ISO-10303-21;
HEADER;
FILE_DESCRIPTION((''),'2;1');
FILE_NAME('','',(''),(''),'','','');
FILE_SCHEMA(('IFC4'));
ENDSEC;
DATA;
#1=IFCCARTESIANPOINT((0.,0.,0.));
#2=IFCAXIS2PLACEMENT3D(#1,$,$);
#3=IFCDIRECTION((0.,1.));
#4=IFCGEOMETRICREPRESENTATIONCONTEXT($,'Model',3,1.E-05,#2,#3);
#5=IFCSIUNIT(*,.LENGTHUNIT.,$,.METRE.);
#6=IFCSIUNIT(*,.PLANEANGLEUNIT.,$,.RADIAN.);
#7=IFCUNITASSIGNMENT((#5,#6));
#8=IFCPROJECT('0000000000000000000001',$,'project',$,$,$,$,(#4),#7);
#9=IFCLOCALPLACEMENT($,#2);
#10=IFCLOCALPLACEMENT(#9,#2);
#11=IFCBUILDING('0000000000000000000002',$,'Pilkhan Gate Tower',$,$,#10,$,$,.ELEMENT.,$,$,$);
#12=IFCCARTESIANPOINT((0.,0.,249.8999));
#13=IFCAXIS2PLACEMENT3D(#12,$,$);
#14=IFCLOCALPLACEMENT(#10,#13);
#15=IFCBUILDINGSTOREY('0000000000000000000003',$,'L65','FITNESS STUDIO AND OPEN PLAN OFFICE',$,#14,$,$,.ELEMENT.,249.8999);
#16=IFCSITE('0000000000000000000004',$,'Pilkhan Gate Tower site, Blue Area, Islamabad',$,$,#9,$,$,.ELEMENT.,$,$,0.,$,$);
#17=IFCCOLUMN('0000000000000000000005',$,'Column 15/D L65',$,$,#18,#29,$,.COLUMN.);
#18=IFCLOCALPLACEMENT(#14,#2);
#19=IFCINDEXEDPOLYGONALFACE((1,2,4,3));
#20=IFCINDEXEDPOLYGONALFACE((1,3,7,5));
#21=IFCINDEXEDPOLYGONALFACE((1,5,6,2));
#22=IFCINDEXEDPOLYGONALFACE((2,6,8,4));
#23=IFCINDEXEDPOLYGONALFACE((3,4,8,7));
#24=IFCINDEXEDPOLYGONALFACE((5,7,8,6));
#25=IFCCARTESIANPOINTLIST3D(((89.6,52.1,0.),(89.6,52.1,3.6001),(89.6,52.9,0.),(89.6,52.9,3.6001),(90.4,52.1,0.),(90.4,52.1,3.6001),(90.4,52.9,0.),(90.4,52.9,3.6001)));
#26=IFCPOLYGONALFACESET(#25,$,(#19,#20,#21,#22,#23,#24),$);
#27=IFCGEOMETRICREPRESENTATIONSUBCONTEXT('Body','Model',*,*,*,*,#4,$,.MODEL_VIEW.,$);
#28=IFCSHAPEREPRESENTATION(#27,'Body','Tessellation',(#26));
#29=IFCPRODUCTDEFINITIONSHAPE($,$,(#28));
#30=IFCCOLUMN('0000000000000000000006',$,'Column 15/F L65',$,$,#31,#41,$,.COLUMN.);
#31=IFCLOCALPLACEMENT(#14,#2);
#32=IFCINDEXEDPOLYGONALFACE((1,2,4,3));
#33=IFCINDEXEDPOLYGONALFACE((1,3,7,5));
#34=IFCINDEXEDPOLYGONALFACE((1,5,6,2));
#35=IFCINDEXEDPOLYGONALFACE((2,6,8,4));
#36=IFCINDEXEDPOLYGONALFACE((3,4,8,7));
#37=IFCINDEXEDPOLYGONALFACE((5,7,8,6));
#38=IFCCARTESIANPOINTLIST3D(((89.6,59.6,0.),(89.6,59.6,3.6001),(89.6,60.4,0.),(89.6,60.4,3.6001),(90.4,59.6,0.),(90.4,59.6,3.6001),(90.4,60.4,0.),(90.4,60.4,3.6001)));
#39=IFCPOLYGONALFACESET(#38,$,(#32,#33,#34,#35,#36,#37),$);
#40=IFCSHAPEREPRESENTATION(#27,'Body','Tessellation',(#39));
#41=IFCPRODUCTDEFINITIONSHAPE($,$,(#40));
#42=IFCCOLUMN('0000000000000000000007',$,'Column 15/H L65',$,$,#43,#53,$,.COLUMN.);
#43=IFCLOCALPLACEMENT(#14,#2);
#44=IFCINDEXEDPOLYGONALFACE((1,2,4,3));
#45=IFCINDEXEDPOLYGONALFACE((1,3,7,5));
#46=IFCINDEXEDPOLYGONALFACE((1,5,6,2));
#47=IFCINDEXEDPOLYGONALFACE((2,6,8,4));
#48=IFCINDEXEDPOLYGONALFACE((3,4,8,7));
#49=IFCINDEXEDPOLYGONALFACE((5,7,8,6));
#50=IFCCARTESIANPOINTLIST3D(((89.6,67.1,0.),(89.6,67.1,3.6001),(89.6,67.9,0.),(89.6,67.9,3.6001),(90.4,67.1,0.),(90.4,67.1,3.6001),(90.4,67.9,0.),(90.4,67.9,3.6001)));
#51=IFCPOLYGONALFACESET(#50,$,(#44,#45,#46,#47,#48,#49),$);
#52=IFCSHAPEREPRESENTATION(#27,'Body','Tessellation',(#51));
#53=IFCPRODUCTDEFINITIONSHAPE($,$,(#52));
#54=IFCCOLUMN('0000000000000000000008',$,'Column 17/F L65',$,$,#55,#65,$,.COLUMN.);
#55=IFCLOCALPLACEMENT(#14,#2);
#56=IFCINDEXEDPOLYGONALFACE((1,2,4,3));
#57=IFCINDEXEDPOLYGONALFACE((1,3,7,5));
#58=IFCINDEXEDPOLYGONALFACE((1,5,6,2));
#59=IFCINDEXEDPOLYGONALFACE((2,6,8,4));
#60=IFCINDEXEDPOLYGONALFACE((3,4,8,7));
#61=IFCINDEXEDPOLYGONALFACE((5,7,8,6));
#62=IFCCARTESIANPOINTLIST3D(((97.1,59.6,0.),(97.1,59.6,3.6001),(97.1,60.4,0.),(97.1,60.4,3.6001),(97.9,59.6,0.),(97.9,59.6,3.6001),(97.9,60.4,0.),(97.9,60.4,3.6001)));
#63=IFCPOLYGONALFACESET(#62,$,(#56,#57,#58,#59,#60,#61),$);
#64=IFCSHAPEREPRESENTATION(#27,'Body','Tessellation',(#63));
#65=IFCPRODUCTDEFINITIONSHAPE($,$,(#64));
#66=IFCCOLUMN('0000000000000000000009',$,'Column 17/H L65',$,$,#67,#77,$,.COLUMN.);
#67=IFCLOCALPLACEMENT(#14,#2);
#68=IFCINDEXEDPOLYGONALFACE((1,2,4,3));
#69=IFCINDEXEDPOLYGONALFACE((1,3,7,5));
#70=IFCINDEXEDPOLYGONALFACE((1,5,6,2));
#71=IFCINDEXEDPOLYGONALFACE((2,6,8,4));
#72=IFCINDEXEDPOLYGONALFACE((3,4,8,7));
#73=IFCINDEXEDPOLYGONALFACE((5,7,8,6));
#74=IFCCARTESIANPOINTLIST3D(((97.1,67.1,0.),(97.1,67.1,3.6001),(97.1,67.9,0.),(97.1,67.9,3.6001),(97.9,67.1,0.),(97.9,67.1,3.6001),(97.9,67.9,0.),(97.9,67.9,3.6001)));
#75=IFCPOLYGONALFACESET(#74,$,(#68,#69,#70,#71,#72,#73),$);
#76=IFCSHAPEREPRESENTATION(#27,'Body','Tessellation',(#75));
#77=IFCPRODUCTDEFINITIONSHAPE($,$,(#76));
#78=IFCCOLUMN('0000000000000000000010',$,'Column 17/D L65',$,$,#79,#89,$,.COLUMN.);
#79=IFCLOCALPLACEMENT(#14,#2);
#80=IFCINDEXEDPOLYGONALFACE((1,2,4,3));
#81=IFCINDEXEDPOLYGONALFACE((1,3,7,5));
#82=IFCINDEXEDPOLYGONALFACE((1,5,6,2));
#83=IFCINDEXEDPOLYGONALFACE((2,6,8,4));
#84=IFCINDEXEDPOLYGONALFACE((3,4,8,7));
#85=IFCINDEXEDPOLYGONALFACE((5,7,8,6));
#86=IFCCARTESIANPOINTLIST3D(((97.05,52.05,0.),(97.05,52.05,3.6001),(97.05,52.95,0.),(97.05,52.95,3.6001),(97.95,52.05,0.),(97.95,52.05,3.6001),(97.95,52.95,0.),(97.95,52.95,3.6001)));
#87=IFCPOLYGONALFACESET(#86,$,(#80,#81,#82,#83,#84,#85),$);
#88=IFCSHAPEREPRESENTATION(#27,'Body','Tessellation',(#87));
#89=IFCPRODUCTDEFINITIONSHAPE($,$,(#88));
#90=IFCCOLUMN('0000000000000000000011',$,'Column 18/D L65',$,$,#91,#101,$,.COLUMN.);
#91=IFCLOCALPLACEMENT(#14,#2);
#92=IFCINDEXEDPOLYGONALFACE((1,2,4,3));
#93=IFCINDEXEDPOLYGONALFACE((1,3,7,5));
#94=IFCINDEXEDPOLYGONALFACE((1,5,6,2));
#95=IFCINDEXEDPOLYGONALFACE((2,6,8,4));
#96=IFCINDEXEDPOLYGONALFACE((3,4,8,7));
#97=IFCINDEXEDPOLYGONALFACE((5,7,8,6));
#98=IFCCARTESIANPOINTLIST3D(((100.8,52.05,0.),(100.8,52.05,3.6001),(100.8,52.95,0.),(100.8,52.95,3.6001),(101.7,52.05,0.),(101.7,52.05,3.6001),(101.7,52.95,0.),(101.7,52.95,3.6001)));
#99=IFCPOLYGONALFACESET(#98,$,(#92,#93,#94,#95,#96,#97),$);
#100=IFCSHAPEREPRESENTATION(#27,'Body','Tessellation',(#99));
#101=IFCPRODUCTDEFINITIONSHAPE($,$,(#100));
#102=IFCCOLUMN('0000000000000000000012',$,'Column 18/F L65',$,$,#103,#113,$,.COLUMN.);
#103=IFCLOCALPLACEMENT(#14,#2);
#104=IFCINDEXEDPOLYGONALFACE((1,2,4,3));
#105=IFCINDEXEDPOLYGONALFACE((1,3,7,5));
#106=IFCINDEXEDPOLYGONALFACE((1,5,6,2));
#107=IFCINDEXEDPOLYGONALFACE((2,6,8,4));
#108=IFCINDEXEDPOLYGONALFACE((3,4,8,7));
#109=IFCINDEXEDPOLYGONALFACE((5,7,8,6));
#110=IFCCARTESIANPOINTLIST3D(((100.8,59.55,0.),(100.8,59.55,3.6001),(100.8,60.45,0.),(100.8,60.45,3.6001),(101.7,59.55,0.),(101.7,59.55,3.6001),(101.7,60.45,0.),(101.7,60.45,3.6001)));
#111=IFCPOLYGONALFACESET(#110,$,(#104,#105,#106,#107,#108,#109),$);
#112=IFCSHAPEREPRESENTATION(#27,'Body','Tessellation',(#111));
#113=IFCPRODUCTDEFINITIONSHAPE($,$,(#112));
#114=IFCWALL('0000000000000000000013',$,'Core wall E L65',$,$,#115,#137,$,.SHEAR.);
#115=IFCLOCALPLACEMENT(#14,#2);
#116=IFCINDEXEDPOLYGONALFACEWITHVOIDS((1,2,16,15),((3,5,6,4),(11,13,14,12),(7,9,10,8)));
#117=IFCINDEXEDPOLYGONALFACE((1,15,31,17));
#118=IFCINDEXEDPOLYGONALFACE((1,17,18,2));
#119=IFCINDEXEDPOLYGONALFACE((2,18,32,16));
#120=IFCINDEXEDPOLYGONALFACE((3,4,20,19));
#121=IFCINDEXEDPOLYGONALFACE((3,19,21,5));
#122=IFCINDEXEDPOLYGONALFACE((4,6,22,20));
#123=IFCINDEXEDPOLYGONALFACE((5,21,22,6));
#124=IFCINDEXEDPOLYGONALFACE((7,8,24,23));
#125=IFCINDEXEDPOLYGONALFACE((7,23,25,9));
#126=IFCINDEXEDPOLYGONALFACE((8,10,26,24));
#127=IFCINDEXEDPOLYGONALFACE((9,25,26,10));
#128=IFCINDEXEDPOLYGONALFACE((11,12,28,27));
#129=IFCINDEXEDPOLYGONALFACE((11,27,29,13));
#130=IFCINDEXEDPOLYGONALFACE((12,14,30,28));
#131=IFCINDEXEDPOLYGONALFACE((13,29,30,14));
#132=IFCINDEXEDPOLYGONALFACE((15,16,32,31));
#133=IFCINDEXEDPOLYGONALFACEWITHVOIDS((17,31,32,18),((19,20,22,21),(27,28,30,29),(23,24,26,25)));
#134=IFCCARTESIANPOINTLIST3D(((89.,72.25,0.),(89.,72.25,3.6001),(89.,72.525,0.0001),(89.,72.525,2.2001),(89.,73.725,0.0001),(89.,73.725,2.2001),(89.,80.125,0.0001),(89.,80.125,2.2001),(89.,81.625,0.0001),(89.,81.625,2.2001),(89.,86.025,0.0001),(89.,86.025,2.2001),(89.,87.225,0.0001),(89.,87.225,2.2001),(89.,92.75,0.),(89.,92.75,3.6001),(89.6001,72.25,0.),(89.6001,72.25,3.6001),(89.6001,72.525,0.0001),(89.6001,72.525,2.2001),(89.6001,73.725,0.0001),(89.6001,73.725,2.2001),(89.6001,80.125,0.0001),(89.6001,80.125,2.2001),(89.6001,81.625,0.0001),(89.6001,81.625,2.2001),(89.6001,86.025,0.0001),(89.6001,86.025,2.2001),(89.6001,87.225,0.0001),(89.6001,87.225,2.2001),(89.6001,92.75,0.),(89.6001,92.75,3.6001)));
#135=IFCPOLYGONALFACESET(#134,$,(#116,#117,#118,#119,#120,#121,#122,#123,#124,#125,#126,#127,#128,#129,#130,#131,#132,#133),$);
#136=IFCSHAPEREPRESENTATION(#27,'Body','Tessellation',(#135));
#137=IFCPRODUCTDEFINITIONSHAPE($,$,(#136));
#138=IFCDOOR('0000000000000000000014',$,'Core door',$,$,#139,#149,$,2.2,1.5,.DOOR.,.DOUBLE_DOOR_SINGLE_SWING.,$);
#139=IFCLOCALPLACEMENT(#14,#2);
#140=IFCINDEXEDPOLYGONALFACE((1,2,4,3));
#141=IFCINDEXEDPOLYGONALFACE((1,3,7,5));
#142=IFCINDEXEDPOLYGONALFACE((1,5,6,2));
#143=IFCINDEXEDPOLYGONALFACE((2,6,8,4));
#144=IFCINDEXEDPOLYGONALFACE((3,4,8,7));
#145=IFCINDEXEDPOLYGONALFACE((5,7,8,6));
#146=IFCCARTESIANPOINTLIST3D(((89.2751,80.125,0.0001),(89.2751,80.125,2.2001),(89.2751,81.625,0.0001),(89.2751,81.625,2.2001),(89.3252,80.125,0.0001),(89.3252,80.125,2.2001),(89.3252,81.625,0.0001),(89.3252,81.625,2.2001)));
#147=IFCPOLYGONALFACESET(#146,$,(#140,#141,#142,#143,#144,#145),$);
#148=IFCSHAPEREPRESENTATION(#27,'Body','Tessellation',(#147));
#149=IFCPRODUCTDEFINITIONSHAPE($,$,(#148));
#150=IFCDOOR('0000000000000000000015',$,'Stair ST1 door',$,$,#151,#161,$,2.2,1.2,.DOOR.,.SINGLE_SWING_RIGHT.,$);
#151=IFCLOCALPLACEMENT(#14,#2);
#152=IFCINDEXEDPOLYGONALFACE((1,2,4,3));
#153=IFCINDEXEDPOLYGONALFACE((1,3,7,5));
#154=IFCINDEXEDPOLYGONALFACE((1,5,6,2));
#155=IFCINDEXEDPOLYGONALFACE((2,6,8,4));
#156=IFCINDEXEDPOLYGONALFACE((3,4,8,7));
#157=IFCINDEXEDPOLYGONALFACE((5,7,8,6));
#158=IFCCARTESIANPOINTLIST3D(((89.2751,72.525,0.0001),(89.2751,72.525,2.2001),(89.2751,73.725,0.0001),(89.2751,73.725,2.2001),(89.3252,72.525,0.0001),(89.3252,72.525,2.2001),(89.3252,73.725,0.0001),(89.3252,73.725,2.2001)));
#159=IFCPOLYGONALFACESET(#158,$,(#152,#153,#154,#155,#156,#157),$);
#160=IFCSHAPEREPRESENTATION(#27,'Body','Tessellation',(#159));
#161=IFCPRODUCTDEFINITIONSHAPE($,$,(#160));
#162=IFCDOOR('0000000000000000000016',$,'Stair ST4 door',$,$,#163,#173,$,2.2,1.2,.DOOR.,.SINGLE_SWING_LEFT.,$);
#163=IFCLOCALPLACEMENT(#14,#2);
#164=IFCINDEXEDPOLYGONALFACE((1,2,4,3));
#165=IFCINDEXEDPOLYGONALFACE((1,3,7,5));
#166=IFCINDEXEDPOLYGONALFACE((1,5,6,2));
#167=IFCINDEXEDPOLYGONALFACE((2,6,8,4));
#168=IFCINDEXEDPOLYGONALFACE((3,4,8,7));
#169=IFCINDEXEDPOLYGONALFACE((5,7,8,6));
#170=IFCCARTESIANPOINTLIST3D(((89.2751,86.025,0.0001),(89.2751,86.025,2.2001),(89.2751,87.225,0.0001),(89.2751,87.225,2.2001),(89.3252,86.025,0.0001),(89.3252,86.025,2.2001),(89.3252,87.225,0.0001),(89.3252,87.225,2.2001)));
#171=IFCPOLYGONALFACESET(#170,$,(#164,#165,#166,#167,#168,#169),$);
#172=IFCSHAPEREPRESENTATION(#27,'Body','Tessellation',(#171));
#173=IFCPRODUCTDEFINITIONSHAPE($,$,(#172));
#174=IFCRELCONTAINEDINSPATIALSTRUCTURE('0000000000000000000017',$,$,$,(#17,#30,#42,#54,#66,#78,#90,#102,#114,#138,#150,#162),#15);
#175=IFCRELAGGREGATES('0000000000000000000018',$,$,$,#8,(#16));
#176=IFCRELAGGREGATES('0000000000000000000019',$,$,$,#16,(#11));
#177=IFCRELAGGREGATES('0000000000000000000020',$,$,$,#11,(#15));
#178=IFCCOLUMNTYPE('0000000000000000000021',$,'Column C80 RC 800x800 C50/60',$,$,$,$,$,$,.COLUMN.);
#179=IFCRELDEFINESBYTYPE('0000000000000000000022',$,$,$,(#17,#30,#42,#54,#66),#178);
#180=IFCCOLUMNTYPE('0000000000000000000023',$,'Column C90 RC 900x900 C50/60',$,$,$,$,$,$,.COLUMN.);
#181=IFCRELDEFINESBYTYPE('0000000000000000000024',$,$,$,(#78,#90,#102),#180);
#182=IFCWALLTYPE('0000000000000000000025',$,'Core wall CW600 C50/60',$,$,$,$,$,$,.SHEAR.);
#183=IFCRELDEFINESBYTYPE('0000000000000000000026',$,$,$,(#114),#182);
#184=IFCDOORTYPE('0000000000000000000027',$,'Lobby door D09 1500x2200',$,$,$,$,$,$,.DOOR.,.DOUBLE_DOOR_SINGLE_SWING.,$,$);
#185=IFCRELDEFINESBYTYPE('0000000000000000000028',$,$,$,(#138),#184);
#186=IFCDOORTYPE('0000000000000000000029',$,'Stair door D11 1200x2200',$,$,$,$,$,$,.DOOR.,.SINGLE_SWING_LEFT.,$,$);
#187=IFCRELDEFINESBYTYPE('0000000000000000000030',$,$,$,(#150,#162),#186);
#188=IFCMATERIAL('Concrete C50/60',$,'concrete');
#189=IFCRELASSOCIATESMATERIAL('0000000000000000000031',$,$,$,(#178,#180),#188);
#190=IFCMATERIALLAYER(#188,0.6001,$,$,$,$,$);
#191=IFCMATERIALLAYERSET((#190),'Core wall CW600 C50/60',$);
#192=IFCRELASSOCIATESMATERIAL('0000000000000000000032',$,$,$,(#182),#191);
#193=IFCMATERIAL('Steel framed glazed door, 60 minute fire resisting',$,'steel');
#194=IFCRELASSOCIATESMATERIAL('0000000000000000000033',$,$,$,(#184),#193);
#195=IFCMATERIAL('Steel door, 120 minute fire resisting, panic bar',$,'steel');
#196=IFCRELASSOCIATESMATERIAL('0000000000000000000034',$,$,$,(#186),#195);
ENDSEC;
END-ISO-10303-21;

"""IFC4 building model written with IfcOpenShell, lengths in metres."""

from ifc_helpers import new_model, si_unit, direction, frame, frame_2d, origin, origin_2d, place, context, subcontext, project, spatial, rectangle, extrude, material, layer, layer_set, material_profile, profile_set, type_object, element, fill, save


model = new_model("IFC4")

# Units and contexts
model_context = context("Model", 3, precision=1e-05, world=origin(), true_north=direction((0.0, 1.0)))
body_context = subcontext(model_context, "Body", "Model", "MODEL_VIEW")
ifc_project = project(units=[si_unit("LENGTHUNIT", "METRE"), si_unit("PLANEANGLEUNIT", "RADIAN")], contexts=[model_context])

# Site, building, storey
site_placement = place(None, origin())
site = spatial("IfcSite", under=ifc_project, at=site_placement, Name="Pilkhan Gate Tower site, Blue Area, Islamabad", CompositionType="ELEMENT", RefElevation=0.0)
building_placement = place(site_placement, origin())
building = spatial("IfcBuilding", under=site, at=building_placement, Name="Pilkhan Gate Tower", CompositionType="ELEMENT")
storey_placement = place(building_placement, frame((0.0, 0.0, 249.8999)))
storey = spatial("IfcBuildingStorey", under=building, at=storey_placement, Name="L65", Description="FITNESS STUDIO AND OPEN PLAN OFFICE", CompositionType="ELEMENT", Elevation=249.8999)

# Columns
ifc_material_1 = material(Name="Concrete C50/60", Category="concrete")
ifc_material_profile_1 = material_profile(ifc_material_1, rectangle(XDim=0.8, YDim=0.8, at=origin_2d()), Name="RC 800x800")
ifc_profile_set_1 = profile_set([ifc_material_profile_1], Name="Concrete C50/60")
column_type_1 = type_object("IfcColumnType", Name="Column C80 RC 800x800 C50/60", PredefinedType="COLUMN", material=ifc_profile_set_1)
for number, where, z_axis, x_axis, name in (
    (1, (90.0, 52.5, 0.0), (0.0, 0.0, 1.0), (1.0, 0.0, 0.0), "Column 15/D L65"),
    (2, (90.0, 60.0, 0.0), (0.0, 0.0, 1.0), (1.0, 0.0, 0.0), "Column 15/F L65"),
    (3, (90.0, 67.5, 0.0), (0.0, 0.0, 1.0), (1.0, 0.0, 0.0), "Column 15/H L65"),
    (4, (97.5, 60.0, 0.0), (0.0, 0.0, 1.0), (1.0, 0.0, 0.0), "Column 17/F L65"),
    (5, (97.5, 67.5, 0.0), (0.0, 0.0, 1.0), (1.0, 0.0, 0.0), "Column 17/H L65"),
):
    element("IfcColumn", number, at=place(storey_placement, frame(where, z_axis=z_axis, x_axis=x_axis)), inside=storey, type_object=column_type_1, Name=name, PredefinedType="COLUMN", context=body_context, shape_type="SweptSolid", body=[
        extrude(rectangle(XDim=0.8, YDim=0.8, at=origin_2d()), origin(), (0.0, 0.0, 1.0), 3.6001),
    ])
ifc_material_profile_2 = material_profile(ifc_material_1, rectangle(XDim=0.8999, YDim=0.8999, at=origin_2d()), Name="RC 900x900")
ifc_profile_set_2 = profile_set([ifc_material_profile_2], Name="Concrete C50/60")
column_type_2 = type_object("IfcColumnType", Name="Column C90 RC 900x900 C50/60", PredefinedType="COLUMN", material=ifc_profile_set_2)
for number, where, z_axis, x_axis, name in (
    (6, (97.5, 52.5, 0.0), (0.0, 0.0, 1.0), (1.0, 0.0, 0.0), "Column 17/D L65"),
    (7, (101.25, 52.5, 0.0), (0.0, 0.0, 1.0), (1.0, 0.0, 0.0), "Column 18/D L65"),
    (8, (101.25, 60.0, 0.0), (0.0, 0.0, 1.0), (1.0, 0.0, 0.0), "Column 18/F L65"),
):
    element("IfcColumn", number, at=place(storey_placement, frame(where, z_axis=z_axis, x_axis=x_axis)), inside=storey, type_object=column_type_2, Name=name, PredefinedType="COLUMN", context=body_context, shape_type="SweptSolid", body=[
        extrude(rectangle(XDim=0.8999, YDim=0.8999, at=origin_2d()), origin(), (0.0, 0.0, 1.0), 3.6001),
    ])

# Wall, openings, doors
ifc_layer_1 = layer(ifc_material_1, 0.6001)
ifc_layer_set_1 = layer_set([ifc_layer_1], Name="Core wall CW600 C50/60")
wall_type_1 = type_object("IfcWallType", Name="Core wall CW600 C50/60", PredefinedType="SHEAR", material=ifc_layer_set_1)
wall_1_placement = place(storey_placement, frame((89.3, 72.25, 0.0), z_axis=(0.0, 0.0, 1.0), x_axis=(0.0, 1.0, 0.0)))
wall_1 = element("IfcWall", 9, at=wall_1_placement, inside=storey, type_object=wall_type_1, Name="Core wall E L65", PredefinedType="SHEAR", context=body_context, shape_type="SweptSolid", body=[
    extrude(rectangle(XDim=20.5, YDim=0.6001, at=frame_2d((10.25, 0.0))), origin(), (0.0, 0.0, 1.0), 3.6001),
])
opening_1_placement = place(wall_1_placement, frame((0.2749, 0.0, 0.0)))
opening_1 = element("IfcOpeningElement", 10, at=opening_1_placement, cuts=wall_1, PredefinedType="OPENING", context=body_context, shape_type="SweptSolid", body=[
    extrude(rectangle(XDim=1.2, YDim=2.2, at=frame_2d((0.6001, 1.1001))), frame((0.0, 0.3101, 0.0), z_axis=(0.0, -1.0, 0.0), x_axis=(1.0, 0.0, 0.0)), (0.0, 0.0, 1.0), 0.6201),
])
opening_2_placement = place(wall_1_placement, frame((13.7749, 0.0, 0.0)))
opening_2 = element("IfcOpeningElement", 11, at=opening_2_placement, cuts=wall_1, PredefinedType="OPENING", context=body_context, shape_type="SweptSolid", body=[
    extrude(rectangle(XDim=1.2, YDim=2.2, at=frame_2d((0.6001, 1.1001))), frame((0.0, 0.3101, 0.0), z_axis=(0.0, -1.0, 0.0), x_axis=(1.0, 0.0, 0.0)), (0.0, 0.0, 1.0), 0.6201),
])
opening_3_placement = place(wall_1_placement, frame((7.875, 0.0, 0.0)))
opening_3 = element("IfcOpeningElement", 12, at=opening_3_placement, cuts=wall_1, PredefinedType="OPENING", context=body_context, shape_type="SweptSolid", body=[
    extrude(rectangle(XDim=1.5, YDim=2.2, at=frame_2d((0.75, 1.1001))), frame((0.0, 0.3101, 0.0), z_axis=(0.0, -1.0, 0.0), x_axis=(1.0, 0.0, 0.0)), (0.0, 0.0, 1.0), 0.6201),
])
ifc_material_2 = material(Name="Steel framed glazed door, 60 minute fire resisting", Category="steel")
door_type_1 = type_object("IfcDoorType", Name="Lobby door D09 1500x2200", OperationType="DOUBLE_DOOR_SINGLE_SWING", PredefinedType="DOOR", material=ifc_material_2)
door_1_placement = place(opening_3_placement, origin())
door_1 = element("IfcDoor", 13, at=door_1_placement, inside=storey, type_object=door_type_1, Name="Core door", OperationType="DOUBLE_DOOR_SINGLE_SWING", OverallHeight=2.2, OverallWidth=1.5, PredefinedType="DOOR", context=body_context, shape_type="SweptSolid", body=[
    extrude(rectangle(XDim=1.5, YDim=2.2, at=frame_2d((0.75, 1.1001))), frame((0.0, 0.0249, 0.0), z_axis=(0.0, -1.0, 0.0), x_axis=(1.0, 0.0, 0.0)), (0.0, 0.0, 1.0), 0.05),
])
fill(opening_3, door_1)
ifc_material_3 = material(Name="Steel door, 120 minute fire resisting, panic bar", Category="steel")
door_type_2 = type_object("IfcDoorType", Name="Stair door D11 1200x2200", OperationType="SINGLE_SWING_LEFT", PredefinedType="DOOR", material=ifc_material_3)
door_2_placement = place(opening_1_placement, origin())
door_2 = element("IfcDoor", 14, at=door_2_placement, inside=storey, type_object=door_type_2, Name="Stair ST1 door", OperationType="SINGLE_SWING_RIGHT", OverallHeight=2.2, OverallWidth=1.2, PredefinedType="DOOR", context=body_context, shape_type="SweptSolid", body=[
    extrude(rectangle(XDim=1.2, YDim=2.2, at=frame_2d((0.6001, 1.1001))), frame((0.0, 0.0249, 0.0), z_axis=(0.0, -1.0, 0.0), x_axis=(1.0, 0.0, 0.0)), (0.0, 0.0, 1.0), 0.05),
])
fill(opening_1, door_2)
door_3_placement = place(opening_2_placement, origin())
door_3 = element("IfcDoor", 15, at=door_3_placement, inside=storey, type_object=door_type_2, Name="Stair ST4 door", OperationType="SINGLE_SWING_LEFT", OverallHeight=2.2, OverallWidth=1.2, PredefinedType="DOOR", context=body_context, shape_type="SweptSolid", body=[
    extrude(rectangle(XDim=1.2, YDim=2.2, at=frame_2d((0.6001, 1.1001))), frame((0.0, 0.0249, 0.0), z_axis=(0.0, -1.0, 0.0), x_axis=(1.0, 0.0, 0.0)), (0.0, 0.0, 1.0), 0.05),
])
fill(opening_2, door_3)

save(model, "model.ifc")
